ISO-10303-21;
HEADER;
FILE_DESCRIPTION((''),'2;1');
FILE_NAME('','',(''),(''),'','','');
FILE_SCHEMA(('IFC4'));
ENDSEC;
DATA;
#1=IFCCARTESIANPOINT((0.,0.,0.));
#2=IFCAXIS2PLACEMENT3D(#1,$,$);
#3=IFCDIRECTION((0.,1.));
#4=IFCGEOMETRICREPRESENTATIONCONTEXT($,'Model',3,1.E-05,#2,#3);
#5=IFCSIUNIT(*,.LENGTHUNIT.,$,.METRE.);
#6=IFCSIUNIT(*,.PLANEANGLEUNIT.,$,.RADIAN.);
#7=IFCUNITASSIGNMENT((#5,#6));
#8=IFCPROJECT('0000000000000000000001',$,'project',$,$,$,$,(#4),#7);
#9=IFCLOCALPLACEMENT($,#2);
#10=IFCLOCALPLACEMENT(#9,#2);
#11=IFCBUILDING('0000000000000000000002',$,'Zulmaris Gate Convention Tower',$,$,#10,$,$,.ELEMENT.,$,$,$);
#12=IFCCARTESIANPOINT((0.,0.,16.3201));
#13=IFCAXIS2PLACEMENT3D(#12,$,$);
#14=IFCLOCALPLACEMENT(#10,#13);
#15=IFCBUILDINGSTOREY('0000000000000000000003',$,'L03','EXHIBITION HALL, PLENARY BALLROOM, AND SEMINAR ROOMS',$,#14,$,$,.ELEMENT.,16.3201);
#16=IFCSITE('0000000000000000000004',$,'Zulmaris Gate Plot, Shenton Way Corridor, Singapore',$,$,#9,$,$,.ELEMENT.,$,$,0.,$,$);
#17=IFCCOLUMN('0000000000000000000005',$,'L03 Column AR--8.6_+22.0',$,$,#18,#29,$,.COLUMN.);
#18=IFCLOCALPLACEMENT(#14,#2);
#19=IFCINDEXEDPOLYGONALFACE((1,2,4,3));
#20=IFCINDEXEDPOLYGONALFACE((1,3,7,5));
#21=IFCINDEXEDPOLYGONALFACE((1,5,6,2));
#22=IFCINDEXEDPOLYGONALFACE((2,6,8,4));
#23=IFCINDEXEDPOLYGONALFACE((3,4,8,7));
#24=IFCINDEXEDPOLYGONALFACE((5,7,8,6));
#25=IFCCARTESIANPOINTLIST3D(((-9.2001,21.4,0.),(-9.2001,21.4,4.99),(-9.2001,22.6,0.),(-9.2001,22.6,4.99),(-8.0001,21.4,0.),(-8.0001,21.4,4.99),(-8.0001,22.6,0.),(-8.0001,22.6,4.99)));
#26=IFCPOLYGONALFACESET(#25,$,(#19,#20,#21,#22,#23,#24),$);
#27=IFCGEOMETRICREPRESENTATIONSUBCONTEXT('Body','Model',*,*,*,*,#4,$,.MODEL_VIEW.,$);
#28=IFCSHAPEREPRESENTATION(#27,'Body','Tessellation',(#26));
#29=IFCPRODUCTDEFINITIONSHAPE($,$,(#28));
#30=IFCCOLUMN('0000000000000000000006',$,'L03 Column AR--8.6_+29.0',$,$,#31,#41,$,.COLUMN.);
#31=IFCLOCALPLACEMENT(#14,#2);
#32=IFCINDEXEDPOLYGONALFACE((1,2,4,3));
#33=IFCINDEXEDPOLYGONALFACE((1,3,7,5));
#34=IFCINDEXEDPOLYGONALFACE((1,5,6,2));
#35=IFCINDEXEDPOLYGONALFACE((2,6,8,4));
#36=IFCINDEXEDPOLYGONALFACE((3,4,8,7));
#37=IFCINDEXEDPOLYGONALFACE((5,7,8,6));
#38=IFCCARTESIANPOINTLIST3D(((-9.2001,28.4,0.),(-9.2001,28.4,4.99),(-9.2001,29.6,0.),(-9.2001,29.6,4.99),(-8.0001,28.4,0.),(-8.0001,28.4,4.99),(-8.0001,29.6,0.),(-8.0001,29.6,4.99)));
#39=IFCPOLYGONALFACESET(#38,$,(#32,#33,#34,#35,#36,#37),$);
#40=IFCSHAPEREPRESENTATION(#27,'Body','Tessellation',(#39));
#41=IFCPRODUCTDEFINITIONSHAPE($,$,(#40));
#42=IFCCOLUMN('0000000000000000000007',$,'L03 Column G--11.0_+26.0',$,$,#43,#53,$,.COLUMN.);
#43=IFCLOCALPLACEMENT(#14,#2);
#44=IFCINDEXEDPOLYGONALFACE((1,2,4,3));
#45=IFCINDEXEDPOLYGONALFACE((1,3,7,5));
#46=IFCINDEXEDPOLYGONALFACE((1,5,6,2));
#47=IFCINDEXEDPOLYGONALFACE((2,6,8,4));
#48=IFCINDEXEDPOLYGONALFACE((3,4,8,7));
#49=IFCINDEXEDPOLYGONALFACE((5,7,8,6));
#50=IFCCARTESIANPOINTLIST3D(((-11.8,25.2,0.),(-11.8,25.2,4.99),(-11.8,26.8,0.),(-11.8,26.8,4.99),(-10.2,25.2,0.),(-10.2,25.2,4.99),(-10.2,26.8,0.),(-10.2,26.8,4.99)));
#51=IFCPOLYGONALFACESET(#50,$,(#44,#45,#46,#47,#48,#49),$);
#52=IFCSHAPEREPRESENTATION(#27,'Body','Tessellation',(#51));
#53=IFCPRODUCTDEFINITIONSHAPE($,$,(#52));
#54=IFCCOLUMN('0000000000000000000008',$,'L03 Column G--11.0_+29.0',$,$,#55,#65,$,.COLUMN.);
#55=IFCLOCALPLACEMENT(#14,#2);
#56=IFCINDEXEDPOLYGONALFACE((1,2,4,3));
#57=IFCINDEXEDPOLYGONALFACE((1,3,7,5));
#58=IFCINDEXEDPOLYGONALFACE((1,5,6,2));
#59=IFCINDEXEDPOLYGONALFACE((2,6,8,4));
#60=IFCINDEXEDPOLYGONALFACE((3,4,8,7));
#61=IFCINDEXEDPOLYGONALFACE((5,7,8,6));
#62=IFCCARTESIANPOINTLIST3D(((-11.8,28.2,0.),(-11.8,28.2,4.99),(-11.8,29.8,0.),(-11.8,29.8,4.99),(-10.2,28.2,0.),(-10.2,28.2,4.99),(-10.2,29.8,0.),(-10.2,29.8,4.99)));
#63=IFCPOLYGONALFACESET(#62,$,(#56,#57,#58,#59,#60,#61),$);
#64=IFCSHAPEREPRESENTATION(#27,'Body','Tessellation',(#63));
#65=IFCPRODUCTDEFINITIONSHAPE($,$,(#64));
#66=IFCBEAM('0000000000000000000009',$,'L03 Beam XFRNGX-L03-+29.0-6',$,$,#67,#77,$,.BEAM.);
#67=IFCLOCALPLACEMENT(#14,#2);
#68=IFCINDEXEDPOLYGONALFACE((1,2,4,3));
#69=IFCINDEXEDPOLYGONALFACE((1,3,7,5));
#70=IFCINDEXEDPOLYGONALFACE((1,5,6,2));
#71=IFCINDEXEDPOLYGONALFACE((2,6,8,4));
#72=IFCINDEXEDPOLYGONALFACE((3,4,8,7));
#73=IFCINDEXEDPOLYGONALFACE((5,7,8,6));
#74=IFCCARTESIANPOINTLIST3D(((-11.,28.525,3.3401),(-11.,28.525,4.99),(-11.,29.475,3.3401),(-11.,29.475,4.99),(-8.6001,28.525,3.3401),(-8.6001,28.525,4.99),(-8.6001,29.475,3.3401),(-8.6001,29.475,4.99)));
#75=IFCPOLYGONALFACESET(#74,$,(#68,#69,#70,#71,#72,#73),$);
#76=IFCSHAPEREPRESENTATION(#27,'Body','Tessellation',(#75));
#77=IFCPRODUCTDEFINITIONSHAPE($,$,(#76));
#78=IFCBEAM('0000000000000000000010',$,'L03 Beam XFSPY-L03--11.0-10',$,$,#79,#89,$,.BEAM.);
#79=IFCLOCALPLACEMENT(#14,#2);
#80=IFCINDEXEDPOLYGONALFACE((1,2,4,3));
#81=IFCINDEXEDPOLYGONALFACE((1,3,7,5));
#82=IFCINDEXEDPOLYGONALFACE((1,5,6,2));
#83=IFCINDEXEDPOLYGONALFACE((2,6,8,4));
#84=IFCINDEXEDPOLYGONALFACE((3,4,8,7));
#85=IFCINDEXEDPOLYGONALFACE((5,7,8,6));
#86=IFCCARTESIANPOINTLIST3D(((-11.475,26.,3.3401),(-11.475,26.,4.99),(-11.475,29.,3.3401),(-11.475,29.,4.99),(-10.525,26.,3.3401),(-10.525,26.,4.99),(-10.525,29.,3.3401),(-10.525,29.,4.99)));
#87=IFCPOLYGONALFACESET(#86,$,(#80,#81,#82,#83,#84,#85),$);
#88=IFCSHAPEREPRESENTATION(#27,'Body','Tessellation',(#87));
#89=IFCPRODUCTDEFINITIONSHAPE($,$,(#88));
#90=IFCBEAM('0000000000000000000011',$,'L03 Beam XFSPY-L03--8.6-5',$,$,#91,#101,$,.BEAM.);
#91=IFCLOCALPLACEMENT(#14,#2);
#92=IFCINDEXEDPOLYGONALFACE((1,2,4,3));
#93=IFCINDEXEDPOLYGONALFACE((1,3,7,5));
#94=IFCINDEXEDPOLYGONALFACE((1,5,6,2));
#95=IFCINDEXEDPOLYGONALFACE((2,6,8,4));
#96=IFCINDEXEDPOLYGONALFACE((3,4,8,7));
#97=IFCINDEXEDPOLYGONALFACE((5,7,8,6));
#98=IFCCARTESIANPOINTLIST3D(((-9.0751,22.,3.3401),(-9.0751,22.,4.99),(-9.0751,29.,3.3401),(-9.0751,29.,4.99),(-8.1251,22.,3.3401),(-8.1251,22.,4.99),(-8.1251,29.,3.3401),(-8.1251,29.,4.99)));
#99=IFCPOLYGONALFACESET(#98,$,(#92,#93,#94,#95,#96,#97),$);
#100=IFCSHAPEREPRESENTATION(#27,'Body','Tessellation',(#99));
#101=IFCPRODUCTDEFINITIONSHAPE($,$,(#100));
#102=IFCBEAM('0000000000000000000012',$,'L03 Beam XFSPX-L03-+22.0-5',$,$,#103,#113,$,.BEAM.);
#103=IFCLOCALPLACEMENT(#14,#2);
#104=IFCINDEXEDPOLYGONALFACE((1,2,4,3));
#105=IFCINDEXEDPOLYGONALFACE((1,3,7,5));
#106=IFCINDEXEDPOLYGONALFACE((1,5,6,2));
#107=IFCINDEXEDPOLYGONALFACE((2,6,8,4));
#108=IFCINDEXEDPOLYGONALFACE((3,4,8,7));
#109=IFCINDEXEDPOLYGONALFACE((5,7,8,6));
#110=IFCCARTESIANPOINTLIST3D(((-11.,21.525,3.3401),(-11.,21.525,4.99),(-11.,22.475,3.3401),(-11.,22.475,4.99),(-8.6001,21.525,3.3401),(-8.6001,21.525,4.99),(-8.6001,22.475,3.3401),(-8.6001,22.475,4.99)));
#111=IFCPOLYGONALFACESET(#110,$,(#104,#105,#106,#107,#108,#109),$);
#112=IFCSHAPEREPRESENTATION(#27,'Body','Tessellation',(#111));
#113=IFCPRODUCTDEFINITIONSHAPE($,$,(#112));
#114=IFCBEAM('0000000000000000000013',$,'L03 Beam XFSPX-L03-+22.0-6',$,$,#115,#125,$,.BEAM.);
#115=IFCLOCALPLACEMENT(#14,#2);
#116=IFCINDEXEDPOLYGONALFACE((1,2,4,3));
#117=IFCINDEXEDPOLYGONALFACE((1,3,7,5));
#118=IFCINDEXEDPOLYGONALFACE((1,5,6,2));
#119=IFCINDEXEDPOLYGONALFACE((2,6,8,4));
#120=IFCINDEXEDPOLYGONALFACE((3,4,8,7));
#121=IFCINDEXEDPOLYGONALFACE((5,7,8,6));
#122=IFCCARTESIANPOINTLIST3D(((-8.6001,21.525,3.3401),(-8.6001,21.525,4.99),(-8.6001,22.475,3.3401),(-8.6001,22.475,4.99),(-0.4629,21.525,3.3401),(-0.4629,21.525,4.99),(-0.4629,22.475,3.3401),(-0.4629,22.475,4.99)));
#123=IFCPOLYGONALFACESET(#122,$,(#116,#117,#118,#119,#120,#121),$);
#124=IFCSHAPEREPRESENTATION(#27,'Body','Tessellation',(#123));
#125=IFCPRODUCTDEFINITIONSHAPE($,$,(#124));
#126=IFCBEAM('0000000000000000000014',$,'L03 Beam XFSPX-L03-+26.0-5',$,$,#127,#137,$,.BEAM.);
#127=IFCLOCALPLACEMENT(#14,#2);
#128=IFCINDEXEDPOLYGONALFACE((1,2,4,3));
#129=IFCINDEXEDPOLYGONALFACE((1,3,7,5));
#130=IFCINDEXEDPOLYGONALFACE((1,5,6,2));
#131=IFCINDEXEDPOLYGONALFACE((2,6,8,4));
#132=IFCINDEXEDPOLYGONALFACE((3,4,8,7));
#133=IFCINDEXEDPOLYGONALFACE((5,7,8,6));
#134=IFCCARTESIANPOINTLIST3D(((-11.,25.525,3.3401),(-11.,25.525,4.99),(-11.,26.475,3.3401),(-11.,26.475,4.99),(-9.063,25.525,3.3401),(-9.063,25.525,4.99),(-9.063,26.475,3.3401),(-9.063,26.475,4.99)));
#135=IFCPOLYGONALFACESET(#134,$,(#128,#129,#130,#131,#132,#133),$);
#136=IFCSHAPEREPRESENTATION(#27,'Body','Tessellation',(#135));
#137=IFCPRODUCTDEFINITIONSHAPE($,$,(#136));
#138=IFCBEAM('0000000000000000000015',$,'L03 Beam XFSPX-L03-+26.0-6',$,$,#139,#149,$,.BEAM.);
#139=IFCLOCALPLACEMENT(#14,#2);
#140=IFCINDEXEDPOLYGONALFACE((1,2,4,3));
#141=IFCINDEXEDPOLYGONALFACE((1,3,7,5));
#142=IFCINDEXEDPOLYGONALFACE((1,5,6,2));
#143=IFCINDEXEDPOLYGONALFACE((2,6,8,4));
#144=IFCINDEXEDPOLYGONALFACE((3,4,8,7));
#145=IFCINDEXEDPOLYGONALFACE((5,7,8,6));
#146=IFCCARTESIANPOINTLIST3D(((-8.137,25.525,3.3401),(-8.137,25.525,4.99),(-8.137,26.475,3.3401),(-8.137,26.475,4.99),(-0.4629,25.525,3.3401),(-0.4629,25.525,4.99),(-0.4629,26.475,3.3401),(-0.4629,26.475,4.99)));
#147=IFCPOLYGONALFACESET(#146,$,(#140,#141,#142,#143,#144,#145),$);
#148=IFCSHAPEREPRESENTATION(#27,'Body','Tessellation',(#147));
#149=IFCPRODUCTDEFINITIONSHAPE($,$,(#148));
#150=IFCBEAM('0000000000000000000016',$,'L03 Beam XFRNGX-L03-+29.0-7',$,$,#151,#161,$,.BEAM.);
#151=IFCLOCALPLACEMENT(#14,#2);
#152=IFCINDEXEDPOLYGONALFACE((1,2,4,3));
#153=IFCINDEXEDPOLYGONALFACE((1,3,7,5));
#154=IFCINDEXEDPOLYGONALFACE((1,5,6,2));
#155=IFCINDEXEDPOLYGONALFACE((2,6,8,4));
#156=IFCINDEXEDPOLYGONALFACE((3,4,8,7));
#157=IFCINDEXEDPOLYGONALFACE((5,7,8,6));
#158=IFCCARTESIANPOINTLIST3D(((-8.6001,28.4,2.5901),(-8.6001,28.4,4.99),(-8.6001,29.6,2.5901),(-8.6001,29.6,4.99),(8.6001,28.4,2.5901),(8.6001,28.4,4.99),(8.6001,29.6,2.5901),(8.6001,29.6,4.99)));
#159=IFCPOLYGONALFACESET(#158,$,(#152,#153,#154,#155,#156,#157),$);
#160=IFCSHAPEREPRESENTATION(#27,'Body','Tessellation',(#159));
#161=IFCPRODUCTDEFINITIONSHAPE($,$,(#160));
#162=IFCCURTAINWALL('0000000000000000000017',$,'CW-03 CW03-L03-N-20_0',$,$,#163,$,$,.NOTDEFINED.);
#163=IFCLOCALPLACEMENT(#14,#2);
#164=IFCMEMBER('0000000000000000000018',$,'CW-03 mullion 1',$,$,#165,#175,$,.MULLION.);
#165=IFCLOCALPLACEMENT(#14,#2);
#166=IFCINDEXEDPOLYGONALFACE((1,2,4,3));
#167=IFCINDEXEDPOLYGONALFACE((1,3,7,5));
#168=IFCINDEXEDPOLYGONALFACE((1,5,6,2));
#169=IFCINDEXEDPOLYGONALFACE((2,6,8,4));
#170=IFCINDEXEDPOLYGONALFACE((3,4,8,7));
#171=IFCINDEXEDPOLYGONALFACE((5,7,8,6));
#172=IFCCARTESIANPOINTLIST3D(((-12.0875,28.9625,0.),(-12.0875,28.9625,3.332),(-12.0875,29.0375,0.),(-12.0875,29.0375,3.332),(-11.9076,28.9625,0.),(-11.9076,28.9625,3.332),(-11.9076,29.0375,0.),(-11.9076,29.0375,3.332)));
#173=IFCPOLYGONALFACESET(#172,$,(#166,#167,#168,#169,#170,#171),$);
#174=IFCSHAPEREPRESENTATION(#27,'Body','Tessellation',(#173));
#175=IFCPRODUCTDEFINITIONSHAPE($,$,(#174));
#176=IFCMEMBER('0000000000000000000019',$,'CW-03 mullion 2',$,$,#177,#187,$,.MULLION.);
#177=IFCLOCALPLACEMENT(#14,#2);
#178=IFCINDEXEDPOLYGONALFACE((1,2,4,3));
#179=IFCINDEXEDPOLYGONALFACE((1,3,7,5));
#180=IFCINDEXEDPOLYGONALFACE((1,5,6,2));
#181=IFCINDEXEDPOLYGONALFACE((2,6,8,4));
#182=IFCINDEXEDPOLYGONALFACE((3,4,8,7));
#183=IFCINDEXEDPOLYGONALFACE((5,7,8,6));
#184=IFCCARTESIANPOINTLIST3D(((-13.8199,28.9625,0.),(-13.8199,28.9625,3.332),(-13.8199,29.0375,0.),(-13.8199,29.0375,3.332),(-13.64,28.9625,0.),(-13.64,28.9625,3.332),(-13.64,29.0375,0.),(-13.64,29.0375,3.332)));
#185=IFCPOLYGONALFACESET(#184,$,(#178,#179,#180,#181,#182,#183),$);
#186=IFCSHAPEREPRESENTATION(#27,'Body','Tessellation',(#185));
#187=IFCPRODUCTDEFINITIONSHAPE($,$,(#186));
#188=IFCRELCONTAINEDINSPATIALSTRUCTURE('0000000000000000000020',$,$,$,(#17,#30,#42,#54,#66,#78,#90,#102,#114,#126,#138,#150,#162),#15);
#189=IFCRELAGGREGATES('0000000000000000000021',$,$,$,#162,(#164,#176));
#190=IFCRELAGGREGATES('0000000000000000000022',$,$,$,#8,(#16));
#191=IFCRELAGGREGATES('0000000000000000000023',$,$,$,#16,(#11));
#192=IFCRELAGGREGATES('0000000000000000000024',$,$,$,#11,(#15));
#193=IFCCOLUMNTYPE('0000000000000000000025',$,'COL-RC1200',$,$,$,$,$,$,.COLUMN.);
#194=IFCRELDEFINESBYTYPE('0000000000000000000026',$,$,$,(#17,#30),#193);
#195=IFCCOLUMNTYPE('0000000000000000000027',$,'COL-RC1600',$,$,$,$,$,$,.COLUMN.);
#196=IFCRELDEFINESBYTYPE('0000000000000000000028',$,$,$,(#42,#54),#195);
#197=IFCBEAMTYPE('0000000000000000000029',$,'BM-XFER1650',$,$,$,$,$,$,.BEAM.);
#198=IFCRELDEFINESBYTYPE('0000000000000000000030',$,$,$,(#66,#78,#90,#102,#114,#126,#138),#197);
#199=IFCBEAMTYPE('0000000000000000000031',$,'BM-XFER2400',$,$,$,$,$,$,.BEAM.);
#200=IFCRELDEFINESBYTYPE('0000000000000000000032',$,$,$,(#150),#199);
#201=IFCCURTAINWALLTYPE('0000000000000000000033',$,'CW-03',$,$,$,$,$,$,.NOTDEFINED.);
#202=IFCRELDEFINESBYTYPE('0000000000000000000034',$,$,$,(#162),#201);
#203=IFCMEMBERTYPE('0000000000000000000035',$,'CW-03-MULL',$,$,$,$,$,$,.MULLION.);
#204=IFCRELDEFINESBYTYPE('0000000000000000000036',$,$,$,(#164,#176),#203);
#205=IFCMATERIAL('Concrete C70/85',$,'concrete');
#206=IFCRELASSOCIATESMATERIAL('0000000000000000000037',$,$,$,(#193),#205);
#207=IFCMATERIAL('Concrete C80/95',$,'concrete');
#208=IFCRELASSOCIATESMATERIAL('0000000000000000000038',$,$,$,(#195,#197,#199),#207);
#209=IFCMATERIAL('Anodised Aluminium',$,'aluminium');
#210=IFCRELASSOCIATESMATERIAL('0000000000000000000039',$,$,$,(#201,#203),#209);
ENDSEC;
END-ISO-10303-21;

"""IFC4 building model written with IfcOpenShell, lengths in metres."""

from ifc_helpers import new_model, si_unit, direction, frame, origin, origin_2d, place, context, subcontext, project, spatial, rectangle, extrude, material, material_profile, profile_set, type_object, element, aggregate, save


model = new_model("IFC4")

# Units and contexts
model_context = context("Model", 3, precision=1e-05, world=origin(), true_north=direction((0.0, 1.0)))
body_context = subcontext(model_context, "Body", "Model", "MODEL_VIEW")
ifc_project = project(units=[si_unit("LENGTHUNIT", "METRE"), si_unit("PLANEANGLEUNIT", "RADIAN")], contexts=[model_context])

# Site, building, storey
site_placement = place(None, origin())
site = spatial("IfcSite", under=ifc_project, at=site_placement, Name="Zulmaris Gate Plot, Shenton Way Corridor, Singapore", CompositionType="ELEMENT", RefElevation=0.0)
building_placement = place(site_placement, origin())
building = spatial("IfcBuilding", under=site, at=building_placement, Name="Zulmaris Gate Convention Tower", CompositionType="ELEMENT")
storey_placement = place(building_placement, frame((0.0, 0.0, 16.3201)))
storey = spatial("IfcBuildingStorey", under=building, at=storey_placement, Name="L03", Description="EXHIBITION HALL, PLENARY BALLROOM, AND SEMINAR ROOMS", CompositionType="ELEMENT", Elevation=16.3201)

# Columns
ifc_material_1 = material(Name="Concrete C70/85", Category="concrete")
ifc_material_profile_1 = material_profile(ifc_material_1, rectangle(XDim=1.2, YDim=1.2, at=origin_2d()), Name="RC COL 1200x1200")
ifc_profile_set_1 = profile_set([ifc_material_profile_1], Name="Concrete C70/85")
column_type_1 = type_object("IfcColumnType", Name="COL-RC1200", PredefinedType="COLUMN", material=ifc_profile_set_1)
for number, where, z_axis, x_axis, name in (
    (1, (-8.6001, 22.0, 0.0), (0.0, 0.0, 1.0), (1.0, 0.0, 0.0), "L03 Column AR--8.6_+22.0"),
    (2, (-8.6001, 29.0, 0.0), (0.0, 0.0, 1.0), (1.0, 0.0, 0.0), "L03 Column AR--8.6_+29.0"),
):
    element("IfcColumn", number, at=place(storey_placement, frame(where, z_axis=z_axis, x_axis=x_axis)), inside=storey, type_object=column_type_1, Name=name, PredefinedType="COLUMN", context=body_context, shape_type="SweptSolid", body=[
        extrude(rectangle(XDim=1.2, YDim=1.2, at=origin_2d()), origin(), (0.0, 0.0, 1.0), 4.99),
    ])
ifc_material_2 = material(Name="Concrete C80/95", Category="concrete")
ifc_material_profile_2 = material_profile(ifc_material_2, rectangle(XDim=1.6001, YDim=1.6001, at=origin_2d()), Name="RC COL 1600x1600")
ifc_profile_set_2 = profile_set([ifc_material_profile_2], Name="Concrete C80/95")
column_type_2 = type_object("IfcColumnType", Name="COL-RC1600", PredefinedType="COLUMN", material=ifc_profile_set_2)
for number, where, z_axis, x_axis, name in (
    (3, (-11.0, 26.0, 0.0), (0.0, 0.0, 1.0), (1.0, 0.0, 0.0), "L03 Column G--11.0_+26.0"),
    (4, (-11.0, 29.0, 0.0), (0.0, 0.0, 1.0), (1.0, 0.0, 0.0), "L03 Column G--11.0_+29.0"),
):
    element("IfcColumn", number, at=place(storey_placement, frame(where, z_axis=z_axis, x_axis=x_axis)), inside=storey, type_object=column_type_2, Name=name, PredefinedType="COLUMN", context=body_context, shape_type="SweptSolid", body=[
        extrude(rectangle(XDim=1.6001, YDim=1.6001, at=origin_2d()), origin(), (0.0, 0.0, 1.0), 4.99),
    ])

# Beams
ifc_material_profile_3 = material_profile(ifc_material_2, rectangle(XDim=0.95, YDim=1.6499, at=origin_2d()), Name="RC TRANSFER 950x1650")
ifc_profile_set_3 = profile_set([ifc_material_profile_3], Name="Concrete C80/95")
beam_type_1 = type_object("IfcBeamType", Name="BM-XFER1650", PredefinedType="BEAM", material=ifc_profile_set_3)
beam_1_placement = place(storey_placement, frame((-11.0, 29.0, 4.165), z_axis=(1.0, 0.0, 0.0), x_axis=(0.0, 1.0, 0.0)))
element("IfcBeam", 5, at=beam_1_placement, inside=storey, type_object=beam_type_1, Name="L03 Beam XFRNGX-L03-+29.0-6", PredefinedType="BEAM", context=body_context, shape_type="SweptSolid", body=[
    extrude(rectangle(XDim=0.95, YDim=1.6499, at=origin_2d()), origin(), (0.0, 0.0, 1.0), 2.3999),
])
beam_2_placement = place(storey_placement, frame((-11.0, 26.0, 4.165), z_axis=(0.0, 1.0, 0.0), x_axis=(-1.0, 0.0, 0.0)))
element("IfcBeam", 6, at=beam_2_placement, inside=storey, type_object=beam_type_1, Name="L03 Beam XFSPY-L03--11.0-10", PredefinedType="BEAM", context=body_context, shape_type="SweptSolid", body=[
    extrude(rectangle(XDim=0.95, YDim=1.6499, at=origin_2d()), origin(), (0.0, 0.0, 1.0), 3.0),
])
beam_3_placement = place(storey_placement, frame((-8.6001, 22.0, 4.165), z_axis=(0.0, 1.0, 0.0), x_axis=(-1.0, 0.0, 0.0)))
element("IfcBeam", 7, at=beam_3_placement, inside=storey, type_object=beam_type_1, Name="L03 Beam XFSPY-L03--8.6-5", PredefinedType="BEAM", context=body_context, shape_type="SweptSolid", body=[
    extrude(rectangle(XDim=0.95, YDim=1.6499, at=origin_2d()), origin(), (0.0, 0.0, 1.0), 7.0),
])
beam_4_placement = place(storey_placement, frame((-11.0, 22.0, 4.165), z_axis=(1.0, 0.0, 0.0), x_axis=(0.0, 1.0, 0.0)))
element("IfcBeam", 8, at=beam_4_placement, inside=storey, type_object=beam_type_1, Name="L03 Beam XFSPX-L03-+22.0-5", PredefinedType="BEAM", context=body_context, shape_type="SweptSolid", body=[
    extrude(rectangle(XDim=0.95, YDim=1.6499, at=origin_2d()), origin(), (0.0, 0.0, 1.0), 2.3999),
])
beam_5_placement = place(storey_placement, frame((-8.6001, 22.0, 4.165), z_axis=(1.0, 0.0, 0.0), x_axis=(0.0, 1.0, 0.0)))
element("IfcBeam", 9, at=beam_5_placement, inside=storey, type_object=beam_type_1, Name="L03 Beam XFSPX-L03-+22.0-6", PredefinedType="BEAM", context=body_context, shape_type="SweptSolid", body=[
    extrude(rectangle(XDim=0.95, YDim=1.6499, at=origin_2d()), origin(), (0.0, 0.0, 1.0), 8.1372),
])
beam_6_placement = place(storey_placement, frame((-11.0, 26.0, 4.165), z_axis=(1.0, 0.0, 0.0), x_axis=(0.0, 1.0, 0.0)))
element("IfcBeam", 10, at=beam_6_placement, inside=storey, type_object=beam_type_1, Name="L03 Beam XFSPX-L03-+26.0-5", PredefinedType="BEAM", context=body_context, shape_type="SweptSolid", body=[
    extrude(rectangle(XDim=0.95, YDim=1.6499, at=origin_2d()), origin(), (0.0, 0.0, 1.0), 1.937),
])
beam_7_placement = place(storey_placement, frame((-8.137, 26.0, 4.165), z_axis=(1.0, 0.0, 0.0), x_axis=(0.0, 1.0, 0.0)))
element("IfcBeam", 11, at=beam_7_placement, inside=storey, type_object=beam_type_1, Name="L03 Beam XFSPX-L03-+26.0-6", PredefinedType="BEAM", context=body_context, shape_type="SweptSolid", body=[
    extrude(rectangle(XDim=0.95, YDim=1.6499, at=origin_2d()), origin(), (0.0, 0.0, 1.0), 7.6741),
])
ifc_material_profile_4 = material_profile(ifc_material_2, rectangle(XDim=1.2, YDim=2.3999, at=origin_2d()), Name="RC TRANSFER 1200x2400")
ifc_profile_set_4 = profile_set([ifc_material_profile_4], Name="Concrete C80/95")
beam_type_2 = type_object("IfcBeamType", Name="BM-XFER2400", PredefinedType="BEAM", material=ifc_profile_set_4)
beam_8_placement = place(storey_placement, frame((-8.6001, 29.0, 3.79), z_axis=(1.0, 0.0, 0.0), x_axis=(0.0, 1.0, 0.0)))
element("IfcBeam", 12, at=beam_8_placement, inside=storey, type_object=beam_type_2, Name="L03 Beam XFRNGX-L03-+29.0-7", PredefinedType="BEAM", context=body_context, shape_type="SweptSolid", body=[
    extrude(rectangle(XDim=1.2, YDim=2.3999, at=origin_2d()), origin(), (0.0, 0.0, 1.0), 17.2002),
])

# Curtain wall, members
ifc_material_3 = material(Name="Anodised Aluminium", Category="aluminium")
curtain_wall_type = type_object("IfcCurtainWallType", Name="CW-03", PredefinedType="NOTDEFINED", material=ifc_material_3)
curtain_wall_1_placement = place(storey_placement, origin())
curtain_wall_1 = element("IfcCurtainWall", 13, at=curtain_wall_1_placement, inside=storey, type_object=curtain_wall_type, Name="CW-03 CW03-L03-N-20_0", PredefinedType="NOTDEFINED")
ifc_material_profile_5 = material_profile(ifc_material_3, rectangle(XDim=0.075, YDim=0.1799, at=origin_2d()), Name="ALU MULLION 75x180")
ifc_profile_set_5 = profile_set([ifc_material_profile_5], Name="Anodised Aluminium")
member_type_1 = type_object("IfcMemberType", Name="CW-03-MULL", PredefinedType="MULLION", material=ifc_profile_set_5)
member_1_placement = place(storey_placement, frame((-11.9976, 29.0, 0.0), z_axis=(0.0, 0.0, 1.0), x_axis=(0.0, -1.0, 0.0)))
member_1 = element("IfcMember", 14, at=member_1_placement, type_object=member_type_1, Name="CW-03 mullion 1", PredefinedType="MULLION", context=body_context, shape_type="SweptSolid", body=[
    extrude(rectangle(XDim=0.075, YDim=0.1799, at=origin_2d()), origin(), (0.0, 0.0, 1.0), 3.332),
])
member_2_placement = place(storey_placement, frame((-13.73, 29.0, 0.0), z_axis=(0.0, 0.0, 1.0), x_axis=(0.0, -1.0, 0.0)))
member_2 = element("IfcMember", 15, at=member_2_placement, type_object=member_type_1, Name="CW-03 mullion 2", PredefinedType="MULLION", context=body_context, shape_type="SweptSolid", body=[
    extrude(rectangle(XDim=0.075, YDim=0.1799, at=origin_2d()), origin(), (0.0, 0.0, 1.0), 3.332),
])

aggregate(curtain_wall_1, [member_1, member_2])

save(model, "model.ifc")
